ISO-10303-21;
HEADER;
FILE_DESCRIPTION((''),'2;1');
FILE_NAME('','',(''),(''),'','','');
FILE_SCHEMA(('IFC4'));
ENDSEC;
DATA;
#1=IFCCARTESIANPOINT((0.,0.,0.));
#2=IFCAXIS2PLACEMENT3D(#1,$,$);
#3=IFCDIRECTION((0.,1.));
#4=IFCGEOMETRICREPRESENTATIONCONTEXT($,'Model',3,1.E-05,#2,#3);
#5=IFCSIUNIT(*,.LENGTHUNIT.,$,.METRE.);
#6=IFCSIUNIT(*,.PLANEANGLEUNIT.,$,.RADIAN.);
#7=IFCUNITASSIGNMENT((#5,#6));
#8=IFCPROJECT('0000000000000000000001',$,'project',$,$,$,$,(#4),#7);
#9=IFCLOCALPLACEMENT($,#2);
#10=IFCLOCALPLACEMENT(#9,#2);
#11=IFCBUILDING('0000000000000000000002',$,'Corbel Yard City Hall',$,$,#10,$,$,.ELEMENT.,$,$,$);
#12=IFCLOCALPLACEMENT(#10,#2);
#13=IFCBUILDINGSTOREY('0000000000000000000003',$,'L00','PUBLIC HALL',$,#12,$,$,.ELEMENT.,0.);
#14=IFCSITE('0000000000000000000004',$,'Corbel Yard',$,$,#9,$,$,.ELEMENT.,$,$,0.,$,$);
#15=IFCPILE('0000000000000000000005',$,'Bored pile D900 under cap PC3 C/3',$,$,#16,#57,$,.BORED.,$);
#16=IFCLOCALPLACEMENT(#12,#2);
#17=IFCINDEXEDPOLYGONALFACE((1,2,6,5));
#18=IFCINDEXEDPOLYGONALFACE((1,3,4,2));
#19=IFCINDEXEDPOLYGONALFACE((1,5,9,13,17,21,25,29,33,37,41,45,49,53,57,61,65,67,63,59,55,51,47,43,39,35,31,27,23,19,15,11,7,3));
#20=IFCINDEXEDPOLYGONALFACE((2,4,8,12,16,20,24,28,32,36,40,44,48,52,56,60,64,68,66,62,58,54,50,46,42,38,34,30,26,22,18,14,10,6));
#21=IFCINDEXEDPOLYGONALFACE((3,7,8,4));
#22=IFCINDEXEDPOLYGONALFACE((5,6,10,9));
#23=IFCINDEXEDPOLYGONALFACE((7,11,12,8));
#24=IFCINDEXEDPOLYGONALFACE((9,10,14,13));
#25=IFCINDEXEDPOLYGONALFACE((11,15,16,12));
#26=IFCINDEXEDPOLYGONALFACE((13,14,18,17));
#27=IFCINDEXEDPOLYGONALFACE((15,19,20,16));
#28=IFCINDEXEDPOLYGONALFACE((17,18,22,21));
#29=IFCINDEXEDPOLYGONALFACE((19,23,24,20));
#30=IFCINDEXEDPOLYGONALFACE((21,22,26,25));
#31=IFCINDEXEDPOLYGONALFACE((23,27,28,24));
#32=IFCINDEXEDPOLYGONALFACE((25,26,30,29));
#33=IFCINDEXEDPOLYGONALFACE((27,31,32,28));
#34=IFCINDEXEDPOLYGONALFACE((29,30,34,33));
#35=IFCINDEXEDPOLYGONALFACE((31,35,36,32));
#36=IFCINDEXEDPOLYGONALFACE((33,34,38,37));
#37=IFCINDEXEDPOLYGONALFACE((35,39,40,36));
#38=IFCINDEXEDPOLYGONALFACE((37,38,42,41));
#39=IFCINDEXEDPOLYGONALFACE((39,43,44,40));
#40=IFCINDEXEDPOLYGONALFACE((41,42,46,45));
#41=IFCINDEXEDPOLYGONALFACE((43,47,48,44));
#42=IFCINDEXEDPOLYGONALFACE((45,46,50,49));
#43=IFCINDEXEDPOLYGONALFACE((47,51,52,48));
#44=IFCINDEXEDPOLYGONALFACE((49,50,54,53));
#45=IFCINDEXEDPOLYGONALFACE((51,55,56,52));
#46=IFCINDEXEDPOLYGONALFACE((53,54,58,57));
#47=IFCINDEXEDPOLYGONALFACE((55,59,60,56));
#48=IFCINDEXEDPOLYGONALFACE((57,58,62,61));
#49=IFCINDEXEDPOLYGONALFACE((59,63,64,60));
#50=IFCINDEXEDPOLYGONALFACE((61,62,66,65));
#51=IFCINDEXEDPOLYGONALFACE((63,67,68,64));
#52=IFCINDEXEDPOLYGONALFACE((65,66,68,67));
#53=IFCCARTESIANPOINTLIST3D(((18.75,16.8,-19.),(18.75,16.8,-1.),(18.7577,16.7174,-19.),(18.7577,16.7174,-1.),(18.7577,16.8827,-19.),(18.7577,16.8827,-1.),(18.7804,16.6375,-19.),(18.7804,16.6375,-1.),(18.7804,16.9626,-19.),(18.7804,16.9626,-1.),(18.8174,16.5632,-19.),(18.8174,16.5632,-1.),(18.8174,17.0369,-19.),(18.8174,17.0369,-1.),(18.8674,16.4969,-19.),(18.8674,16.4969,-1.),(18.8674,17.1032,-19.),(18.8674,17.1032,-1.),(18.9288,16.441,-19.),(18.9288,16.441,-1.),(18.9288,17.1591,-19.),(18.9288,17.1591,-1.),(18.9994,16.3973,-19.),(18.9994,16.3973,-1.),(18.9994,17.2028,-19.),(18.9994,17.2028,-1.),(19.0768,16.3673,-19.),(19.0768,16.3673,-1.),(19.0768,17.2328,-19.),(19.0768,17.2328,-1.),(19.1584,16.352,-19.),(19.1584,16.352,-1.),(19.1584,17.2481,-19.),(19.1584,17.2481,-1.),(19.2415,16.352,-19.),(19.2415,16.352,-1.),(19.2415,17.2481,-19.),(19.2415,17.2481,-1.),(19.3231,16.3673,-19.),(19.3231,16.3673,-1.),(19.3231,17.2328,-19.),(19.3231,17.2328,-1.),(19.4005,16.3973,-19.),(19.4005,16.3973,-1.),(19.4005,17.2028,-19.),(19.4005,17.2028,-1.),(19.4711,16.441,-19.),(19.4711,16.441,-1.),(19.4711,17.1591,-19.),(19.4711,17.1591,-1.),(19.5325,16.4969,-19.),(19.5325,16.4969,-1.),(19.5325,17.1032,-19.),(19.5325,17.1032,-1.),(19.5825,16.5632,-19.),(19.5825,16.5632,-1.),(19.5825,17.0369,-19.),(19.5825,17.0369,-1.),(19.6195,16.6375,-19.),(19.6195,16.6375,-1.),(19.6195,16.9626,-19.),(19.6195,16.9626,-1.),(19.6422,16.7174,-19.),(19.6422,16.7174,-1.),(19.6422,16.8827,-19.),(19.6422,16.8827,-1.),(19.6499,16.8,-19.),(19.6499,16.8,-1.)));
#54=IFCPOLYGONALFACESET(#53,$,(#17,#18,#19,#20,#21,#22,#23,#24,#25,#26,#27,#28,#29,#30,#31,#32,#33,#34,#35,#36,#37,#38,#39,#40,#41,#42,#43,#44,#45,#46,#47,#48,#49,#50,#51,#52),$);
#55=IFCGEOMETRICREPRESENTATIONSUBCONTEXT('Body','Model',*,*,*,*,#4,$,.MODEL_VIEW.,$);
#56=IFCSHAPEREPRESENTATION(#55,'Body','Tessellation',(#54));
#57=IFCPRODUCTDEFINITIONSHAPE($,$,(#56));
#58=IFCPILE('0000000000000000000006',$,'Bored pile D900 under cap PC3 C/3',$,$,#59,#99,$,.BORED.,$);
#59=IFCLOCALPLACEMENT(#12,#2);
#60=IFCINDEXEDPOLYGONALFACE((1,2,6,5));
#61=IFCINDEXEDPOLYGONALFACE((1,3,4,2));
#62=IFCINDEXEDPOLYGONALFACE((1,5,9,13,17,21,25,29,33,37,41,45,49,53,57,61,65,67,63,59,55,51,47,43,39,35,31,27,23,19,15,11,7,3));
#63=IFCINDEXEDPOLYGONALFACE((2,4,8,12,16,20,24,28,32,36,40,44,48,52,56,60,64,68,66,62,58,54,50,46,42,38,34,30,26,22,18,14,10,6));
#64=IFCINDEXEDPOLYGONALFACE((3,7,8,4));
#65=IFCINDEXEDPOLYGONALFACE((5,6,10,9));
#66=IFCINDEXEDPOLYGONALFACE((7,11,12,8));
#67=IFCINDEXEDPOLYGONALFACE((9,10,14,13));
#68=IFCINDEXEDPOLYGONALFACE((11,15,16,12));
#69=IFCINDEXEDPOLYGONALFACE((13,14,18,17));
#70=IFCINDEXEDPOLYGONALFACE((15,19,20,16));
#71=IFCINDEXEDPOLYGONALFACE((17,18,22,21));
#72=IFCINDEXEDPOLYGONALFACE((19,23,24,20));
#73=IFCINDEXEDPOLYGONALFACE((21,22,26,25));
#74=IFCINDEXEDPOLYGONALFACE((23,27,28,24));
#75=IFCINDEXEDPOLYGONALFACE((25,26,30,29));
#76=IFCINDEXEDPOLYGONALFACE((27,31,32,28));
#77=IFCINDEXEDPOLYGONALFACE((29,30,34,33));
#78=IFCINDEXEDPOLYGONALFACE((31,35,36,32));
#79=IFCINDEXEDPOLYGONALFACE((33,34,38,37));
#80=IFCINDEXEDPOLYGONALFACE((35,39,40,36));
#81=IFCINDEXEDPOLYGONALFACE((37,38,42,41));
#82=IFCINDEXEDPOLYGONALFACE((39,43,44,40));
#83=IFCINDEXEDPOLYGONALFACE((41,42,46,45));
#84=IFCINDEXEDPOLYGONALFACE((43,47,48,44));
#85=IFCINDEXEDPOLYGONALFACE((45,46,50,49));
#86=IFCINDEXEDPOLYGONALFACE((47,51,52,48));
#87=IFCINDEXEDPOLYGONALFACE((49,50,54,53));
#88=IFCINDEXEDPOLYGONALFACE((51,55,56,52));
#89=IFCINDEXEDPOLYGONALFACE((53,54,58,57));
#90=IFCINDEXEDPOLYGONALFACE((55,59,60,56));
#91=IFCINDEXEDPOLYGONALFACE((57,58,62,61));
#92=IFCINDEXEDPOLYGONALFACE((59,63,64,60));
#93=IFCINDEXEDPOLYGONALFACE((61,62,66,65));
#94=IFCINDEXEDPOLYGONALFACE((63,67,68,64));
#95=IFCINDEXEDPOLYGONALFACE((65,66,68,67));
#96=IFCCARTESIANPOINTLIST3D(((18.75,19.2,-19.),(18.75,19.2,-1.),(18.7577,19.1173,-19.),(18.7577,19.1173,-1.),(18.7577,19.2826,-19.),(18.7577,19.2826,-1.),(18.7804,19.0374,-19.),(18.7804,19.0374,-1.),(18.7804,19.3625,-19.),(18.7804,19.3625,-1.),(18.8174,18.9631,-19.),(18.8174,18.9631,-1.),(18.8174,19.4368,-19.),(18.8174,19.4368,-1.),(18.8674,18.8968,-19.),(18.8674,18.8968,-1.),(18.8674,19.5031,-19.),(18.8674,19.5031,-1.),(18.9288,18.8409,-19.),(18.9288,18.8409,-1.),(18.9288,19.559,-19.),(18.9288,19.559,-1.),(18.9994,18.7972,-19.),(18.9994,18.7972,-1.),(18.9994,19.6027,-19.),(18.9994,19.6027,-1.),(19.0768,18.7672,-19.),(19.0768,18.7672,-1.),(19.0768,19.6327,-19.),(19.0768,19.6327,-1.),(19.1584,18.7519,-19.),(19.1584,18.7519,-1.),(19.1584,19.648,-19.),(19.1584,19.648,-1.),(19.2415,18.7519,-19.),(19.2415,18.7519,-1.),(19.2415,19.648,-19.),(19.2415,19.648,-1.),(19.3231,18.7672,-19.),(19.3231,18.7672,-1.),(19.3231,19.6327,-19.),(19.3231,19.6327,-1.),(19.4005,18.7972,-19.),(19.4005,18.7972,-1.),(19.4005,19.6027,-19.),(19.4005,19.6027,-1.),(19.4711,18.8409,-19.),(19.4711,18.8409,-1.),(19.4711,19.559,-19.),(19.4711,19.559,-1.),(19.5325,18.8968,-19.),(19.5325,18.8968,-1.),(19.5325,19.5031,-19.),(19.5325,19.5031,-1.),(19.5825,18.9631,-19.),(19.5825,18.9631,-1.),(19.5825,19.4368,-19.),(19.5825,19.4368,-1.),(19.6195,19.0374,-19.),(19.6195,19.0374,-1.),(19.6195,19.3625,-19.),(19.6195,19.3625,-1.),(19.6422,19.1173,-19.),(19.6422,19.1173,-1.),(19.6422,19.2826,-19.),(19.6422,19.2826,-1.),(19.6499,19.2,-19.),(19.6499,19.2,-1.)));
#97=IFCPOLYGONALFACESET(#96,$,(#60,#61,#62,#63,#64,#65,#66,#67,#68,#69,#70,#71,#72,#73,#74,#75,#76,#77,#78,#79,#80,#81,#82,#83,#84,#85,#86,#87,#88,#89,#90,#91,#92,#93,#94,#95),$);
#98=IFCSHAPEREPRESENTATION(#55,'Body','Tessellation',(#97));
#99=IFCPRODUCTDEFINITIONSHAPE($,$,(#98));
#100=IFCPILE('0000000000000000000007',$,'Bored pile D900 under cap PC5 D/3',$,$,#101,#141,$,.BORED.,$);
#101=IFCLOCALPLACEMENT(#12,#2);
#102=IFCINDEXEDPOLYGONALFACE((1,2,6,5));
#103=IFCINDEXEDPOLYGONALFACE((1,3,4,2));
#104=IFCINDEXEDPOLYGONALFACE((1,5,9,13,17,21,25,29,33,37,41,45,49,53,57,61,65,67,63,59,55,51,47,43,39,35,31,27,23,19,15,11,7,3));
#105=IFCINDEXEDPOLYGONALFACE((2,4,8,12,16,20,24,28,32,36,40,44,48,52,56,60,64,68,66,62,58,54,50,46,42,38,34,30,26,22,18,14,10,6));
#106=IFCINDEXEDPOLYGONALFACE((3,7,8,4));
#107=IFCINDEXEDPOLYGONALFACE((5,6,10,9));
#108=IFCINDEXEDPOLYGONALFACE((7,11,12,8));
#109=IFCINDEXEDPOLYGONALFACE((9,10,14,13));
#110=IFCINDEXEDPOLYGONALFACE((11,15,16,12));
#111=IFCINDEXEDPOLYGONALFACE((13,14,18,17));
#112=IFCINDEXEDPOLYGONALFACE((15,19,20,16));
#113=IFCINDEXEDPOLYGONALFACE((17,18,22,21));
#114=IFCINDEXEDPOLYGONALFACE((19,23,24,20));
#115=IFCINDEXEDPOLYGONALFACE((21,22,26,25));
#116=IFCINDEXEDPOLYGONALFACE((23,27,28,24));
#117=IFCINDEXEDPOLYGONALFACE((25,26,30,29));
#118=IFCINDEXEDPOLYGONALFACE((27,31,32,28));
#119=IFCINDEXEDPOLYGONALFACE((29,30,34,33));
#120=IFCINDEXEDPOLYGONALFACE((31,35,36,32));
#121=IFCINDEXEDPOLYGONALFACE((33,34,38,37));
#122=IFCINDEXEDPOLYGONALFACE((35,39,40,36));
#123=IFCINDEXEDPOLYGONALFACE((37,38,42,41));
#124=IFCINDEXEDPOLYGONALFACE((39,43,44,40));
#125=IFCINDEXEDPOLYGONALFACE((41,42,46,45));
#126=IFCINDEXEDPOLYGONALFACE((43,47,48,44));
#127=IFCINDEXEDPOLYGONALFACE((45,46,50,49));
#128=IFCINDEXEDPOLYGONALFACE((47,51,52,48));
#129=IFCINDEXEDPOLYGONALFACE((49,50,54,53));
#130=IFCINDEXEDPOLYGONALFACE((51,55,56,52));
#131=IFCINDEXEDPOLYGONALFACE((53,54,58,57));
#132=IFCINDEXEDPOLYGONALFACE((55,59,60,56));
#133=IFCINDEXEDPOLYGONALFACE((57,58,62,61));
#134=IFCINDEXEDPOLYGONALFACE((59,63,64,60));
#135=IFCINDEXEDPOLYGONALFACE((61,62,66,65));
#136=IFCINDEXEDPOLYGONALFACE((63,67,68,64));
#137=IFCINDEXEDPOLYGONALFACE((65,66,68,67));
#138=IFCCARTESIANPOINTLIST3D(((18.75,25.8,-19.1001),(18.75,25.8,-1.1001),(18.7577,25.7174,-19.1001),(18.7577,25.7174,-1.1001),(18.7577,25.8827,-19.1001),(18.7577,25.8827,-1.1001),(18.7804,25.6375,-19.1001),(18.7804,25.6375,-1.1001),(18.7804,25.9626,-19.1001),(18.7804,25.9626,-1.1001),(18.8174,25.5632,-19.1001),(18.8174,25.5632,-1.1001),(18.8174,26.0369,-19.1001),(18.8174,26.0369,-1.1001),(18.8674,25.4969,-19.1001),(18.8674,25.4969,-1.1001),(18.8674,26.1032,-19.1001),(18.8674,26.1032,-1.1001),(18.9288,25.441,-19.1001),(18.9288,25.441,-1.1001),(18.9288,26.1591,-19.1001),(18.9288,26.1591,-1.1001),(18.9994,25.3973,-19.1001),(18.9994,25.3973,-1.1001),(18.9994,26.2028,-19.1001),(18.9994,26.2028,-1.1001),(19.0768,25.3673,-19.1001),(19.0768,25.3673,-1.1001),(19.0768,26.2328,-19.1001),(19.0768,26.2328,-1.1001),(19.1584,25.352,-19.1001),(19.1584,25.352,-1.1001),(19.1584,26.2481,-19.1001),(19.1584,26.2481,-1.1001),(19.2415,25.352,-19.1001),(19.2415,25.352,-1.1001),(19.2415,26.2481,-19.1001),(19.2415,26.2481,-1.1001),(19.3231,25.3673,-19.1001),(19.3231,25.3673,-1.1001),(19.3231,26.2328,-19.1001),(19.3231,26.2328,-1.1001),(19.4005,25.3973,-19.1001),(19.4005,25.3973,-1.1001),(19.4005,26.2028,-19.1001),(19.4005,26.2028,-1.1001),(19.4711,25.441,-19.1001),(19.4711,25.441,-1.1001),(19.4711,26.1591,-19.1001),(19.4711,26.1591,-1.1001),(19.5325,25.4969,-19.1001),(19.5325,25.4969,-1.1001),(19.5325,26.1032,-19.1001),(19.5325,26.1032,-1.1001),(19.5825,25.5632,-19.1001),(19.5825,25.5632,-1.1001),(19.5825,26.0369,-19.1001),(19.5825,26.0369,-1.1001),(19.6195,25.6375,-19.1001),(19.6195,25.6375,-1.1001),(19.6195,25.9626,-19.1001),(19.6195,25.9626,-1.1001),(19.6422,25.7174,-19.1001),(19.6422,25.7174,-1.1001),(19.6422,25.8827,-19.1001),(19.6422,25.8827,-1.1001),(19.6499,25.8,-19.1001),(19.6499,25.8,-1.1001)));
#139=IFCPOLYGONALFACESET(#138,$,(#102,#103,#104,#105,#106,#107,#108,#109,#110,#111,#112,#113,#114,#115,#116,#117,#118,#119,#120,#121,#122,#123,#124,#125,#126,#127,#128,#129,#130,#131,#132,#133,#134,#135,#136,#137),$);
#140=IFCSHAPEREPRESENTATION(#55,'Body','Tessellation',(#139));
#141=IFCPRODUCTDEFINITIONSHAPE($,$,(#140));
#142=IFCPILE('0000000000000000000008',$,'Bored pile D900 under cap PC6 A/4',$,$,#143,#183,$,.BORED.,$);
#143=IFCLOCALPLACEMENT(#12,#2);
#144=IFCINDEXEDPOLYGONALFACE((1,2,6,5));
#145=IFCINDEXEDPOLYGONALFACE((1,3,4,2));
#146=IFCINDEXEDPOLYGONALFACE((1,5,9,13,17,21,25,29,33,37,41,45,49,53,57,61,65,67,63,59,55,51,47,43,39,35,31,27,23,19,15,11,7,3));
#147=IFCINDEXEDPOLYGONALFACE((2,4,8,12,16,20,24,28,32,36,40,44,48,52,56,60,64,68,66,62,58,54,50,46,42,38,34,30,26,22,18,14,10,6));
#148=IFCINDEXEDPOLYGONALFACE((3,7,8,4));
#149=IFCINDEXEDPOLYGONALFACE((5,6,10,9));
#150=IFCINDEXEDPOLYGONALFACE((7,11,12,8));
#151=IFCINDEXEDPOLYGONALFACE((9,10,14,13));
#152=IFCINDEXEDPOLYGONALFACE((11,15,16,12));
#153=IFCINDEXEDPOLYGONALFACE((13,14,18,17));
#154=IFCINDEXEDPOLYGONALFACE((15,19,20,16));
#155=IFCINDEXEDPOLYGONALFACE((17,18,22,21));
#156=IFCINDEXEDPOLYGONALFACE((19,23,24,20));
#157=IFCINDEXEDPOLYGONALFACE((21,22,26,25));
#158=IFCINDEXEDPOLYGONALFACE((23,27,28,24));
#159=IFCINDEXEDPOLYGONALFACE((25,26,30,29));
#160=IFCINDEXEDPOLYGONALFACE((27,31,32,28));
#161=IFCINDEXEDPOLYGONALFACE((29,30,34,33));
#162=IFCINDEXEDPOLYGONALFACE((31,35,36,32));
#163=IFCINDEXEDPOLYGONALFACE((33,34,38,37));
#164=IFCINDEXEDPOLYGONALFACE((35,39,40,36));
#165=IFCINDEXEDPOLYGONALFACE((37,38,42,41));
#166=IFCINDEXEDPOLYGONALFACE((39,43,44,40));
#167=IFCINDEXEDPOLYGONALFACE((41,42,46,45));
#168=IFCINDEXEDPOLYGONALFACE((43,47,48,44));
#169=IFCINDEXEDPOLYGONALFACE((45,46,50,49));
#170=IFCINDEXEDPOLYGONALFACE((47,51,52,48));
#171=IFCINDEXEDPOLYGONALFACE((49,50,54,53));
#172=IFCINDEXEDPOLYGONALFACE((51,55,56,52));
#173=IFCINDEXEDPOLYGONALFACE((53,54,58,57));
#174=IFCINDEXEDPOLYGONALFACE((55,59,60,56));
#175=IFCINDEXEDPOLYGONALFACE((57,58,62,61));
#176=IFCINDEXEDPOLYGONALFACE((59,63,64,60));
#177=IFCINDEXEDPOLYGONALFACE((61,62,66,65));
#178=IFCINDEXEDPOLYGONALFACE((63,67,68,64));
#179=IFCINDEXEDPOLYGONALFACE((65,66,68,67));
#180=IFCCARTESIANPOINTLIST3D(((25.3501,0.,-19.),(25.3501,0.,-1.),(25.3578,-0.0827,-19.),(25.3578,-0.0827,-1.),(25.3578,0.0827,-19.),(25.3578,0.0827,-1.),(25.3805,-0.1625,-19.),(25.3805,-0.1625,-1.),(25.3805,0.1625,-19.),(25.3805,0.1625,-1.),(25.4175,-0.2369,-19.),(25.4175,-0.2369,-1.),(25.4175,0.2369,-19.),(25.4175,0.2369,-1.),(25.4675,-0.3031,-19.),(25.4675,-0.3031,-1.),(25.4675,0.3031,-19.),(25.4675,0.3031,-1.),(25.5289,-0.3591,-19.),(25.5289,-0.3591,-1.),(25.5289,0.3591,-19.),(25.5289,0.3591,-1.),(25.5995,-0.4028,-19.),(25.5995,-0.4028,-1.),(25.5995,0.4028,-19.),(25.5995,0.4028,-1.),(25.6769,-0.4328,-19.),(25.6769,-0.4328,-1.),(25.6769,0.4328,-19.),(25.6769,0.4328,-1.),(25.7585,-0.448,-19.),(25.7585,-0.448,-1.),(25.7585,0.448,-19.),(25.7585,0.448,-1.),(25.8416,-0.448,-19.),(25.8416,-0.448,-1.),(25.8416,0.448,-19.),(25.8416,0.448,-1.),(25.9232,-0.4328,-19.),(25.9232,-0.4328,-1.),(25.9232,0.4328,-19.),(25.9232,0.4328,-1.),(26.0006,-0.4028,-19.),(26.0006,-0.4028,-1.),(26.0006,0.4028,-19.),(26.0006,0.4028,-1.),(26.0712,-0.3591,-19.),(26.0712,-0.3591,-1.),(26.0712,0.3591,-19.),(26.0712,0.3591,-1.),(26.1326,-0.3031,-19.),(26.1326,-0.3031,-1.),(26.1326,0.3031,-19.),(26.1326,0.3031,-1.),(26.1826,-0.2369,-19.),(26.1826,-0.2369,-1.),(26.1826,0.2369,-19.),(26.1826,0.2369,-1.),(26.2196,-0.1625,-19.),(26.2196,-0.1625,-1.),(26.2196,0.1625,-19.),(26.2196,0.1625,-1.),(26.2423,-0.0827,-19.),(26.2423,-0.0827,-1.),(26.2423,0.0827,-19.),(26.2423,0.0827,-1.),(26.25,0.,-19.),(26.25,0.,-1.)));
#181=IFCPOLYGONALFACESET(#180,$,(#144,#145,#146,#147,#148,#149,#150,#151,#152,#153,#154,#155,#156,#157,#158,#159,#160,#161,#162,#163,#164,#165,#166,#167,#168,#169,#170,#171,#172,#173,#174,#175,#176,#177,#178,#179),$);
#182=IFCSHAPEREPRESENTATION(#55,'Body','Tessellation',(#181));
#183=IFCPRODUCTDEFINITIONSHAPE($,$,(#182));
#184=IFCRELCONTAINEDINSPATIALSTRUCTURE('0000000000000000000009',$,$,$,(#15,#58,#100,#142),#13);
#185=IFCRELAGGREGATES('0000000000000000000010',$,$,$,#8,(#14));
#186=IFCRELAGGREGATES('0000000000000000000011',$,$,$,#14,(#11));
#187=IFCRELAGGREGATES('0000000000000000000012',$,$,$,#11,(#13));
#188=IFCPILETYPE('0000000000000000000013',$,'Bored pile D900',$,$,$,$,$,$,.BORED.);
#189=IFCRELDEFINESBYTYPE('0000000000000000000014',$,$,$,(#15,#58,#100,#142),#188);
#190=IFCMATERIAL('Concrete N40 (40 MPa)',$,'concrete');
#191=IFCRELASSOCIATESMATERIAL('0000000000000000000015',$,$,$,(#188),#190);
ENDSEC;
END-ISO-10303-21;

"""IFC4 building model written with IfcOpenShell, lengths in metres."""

from ifc_helpers import new_model, si_unit, direction, frame, origin, origin_2d, place, context, subcontext, project, spatial, circle, extrude, material, material_profile, profile_set, type_object, element, save


model = new_model("IFC4")

# Units and contexts
model_context = context("Model", 3, precision=1e-05, world=origin(), true_north=direction((0.0, 1.0)))
body_context = subcontext(model_context, "Body", "Model", "MODEL_VIEW")
ifc_project = project(units=[si_unit("LENGTHUNIT", "METRE"), si_unit("PLANEANGLEUNIT", "RADIAN")], contexts=[model_context])

# Site, building, storey
site_placement = place(None, origin())
site = spatial("IfcSite", under=ifc_project, at=site_placement, Name="Corbel Yard", CompositionType="ELEMENT", RefElevation=0.0)
building_placement = place(site_placement, origin())
building = spatial("IfcBuilding", under=site, at=building_placement, Name="Corbel Yard City Hall", CompositionType="ELEMENT")
storey_placement = place(building_placement, origin())
storey = spatial("IfcBuildingStorey", under=building, at=storey_placement, Name="L00", Description="PUBLIC HALL", CompositionType="ELEMENT", Elevation=0.0)

# Piles
ifc_material_1 = material(Name="Concrete N40 (40 MPa)", Category="concrete")
ifc_material_profile_1 = material_profile(ifc_material_1, circle(Radius=0.45, at=origin_2d()), Name="D900")
ifc_profile_set_1 = profile_set([ifc_material_profile_1], Name="Concrete N40 (40 MPa)")
pile_type = type_object("IfcPileType", Name="Bored pile D900", PredefinedType="BORED", material=ifc_profile_set_1)
for number, where, z_axis, x_axis, name in (
    (1, (19.2, 16.8, -1.0), (0.0, 0.0, -1.0), (1.0, 0.0, 0.0), "Bored pile D900 under cap PC3 C/3"),
    (2, (19.2, 19.2, -1.0), (0.0, 0.0, -1.0), (1.0, 0.0, 0.0), "Bored pile D900 under cap PC3 C/3"),
    (3, (19.2, 25.8, -1.1001), (0.0, 0.0, -1.0), (1.0, 0.0, 0.0), "Bored pile D900 under cap PC5 D/3"),
    (4, (25.8, 0.0, -1.0), (0.0, 0.0, -1.0), (1.0, 0.0, 0.0), "Bored pile D900 under cap PC6 A/4"),
):
    element("IfcPile", number, at=place(storey_placement, frame(where, z_axis=z_axis, x_axis=x_axis)), inside=storey, type_object=pile_type, Name=name, PredefinedType="BORED", context=body_context, shape_type="SweptSolid", body=[
        extrude(circle(Radius=0.45, at=origin_2d()), origin(), (0.0, 0.0, 1.0), 18.0),
    ])

save(model, "model.ifc")
